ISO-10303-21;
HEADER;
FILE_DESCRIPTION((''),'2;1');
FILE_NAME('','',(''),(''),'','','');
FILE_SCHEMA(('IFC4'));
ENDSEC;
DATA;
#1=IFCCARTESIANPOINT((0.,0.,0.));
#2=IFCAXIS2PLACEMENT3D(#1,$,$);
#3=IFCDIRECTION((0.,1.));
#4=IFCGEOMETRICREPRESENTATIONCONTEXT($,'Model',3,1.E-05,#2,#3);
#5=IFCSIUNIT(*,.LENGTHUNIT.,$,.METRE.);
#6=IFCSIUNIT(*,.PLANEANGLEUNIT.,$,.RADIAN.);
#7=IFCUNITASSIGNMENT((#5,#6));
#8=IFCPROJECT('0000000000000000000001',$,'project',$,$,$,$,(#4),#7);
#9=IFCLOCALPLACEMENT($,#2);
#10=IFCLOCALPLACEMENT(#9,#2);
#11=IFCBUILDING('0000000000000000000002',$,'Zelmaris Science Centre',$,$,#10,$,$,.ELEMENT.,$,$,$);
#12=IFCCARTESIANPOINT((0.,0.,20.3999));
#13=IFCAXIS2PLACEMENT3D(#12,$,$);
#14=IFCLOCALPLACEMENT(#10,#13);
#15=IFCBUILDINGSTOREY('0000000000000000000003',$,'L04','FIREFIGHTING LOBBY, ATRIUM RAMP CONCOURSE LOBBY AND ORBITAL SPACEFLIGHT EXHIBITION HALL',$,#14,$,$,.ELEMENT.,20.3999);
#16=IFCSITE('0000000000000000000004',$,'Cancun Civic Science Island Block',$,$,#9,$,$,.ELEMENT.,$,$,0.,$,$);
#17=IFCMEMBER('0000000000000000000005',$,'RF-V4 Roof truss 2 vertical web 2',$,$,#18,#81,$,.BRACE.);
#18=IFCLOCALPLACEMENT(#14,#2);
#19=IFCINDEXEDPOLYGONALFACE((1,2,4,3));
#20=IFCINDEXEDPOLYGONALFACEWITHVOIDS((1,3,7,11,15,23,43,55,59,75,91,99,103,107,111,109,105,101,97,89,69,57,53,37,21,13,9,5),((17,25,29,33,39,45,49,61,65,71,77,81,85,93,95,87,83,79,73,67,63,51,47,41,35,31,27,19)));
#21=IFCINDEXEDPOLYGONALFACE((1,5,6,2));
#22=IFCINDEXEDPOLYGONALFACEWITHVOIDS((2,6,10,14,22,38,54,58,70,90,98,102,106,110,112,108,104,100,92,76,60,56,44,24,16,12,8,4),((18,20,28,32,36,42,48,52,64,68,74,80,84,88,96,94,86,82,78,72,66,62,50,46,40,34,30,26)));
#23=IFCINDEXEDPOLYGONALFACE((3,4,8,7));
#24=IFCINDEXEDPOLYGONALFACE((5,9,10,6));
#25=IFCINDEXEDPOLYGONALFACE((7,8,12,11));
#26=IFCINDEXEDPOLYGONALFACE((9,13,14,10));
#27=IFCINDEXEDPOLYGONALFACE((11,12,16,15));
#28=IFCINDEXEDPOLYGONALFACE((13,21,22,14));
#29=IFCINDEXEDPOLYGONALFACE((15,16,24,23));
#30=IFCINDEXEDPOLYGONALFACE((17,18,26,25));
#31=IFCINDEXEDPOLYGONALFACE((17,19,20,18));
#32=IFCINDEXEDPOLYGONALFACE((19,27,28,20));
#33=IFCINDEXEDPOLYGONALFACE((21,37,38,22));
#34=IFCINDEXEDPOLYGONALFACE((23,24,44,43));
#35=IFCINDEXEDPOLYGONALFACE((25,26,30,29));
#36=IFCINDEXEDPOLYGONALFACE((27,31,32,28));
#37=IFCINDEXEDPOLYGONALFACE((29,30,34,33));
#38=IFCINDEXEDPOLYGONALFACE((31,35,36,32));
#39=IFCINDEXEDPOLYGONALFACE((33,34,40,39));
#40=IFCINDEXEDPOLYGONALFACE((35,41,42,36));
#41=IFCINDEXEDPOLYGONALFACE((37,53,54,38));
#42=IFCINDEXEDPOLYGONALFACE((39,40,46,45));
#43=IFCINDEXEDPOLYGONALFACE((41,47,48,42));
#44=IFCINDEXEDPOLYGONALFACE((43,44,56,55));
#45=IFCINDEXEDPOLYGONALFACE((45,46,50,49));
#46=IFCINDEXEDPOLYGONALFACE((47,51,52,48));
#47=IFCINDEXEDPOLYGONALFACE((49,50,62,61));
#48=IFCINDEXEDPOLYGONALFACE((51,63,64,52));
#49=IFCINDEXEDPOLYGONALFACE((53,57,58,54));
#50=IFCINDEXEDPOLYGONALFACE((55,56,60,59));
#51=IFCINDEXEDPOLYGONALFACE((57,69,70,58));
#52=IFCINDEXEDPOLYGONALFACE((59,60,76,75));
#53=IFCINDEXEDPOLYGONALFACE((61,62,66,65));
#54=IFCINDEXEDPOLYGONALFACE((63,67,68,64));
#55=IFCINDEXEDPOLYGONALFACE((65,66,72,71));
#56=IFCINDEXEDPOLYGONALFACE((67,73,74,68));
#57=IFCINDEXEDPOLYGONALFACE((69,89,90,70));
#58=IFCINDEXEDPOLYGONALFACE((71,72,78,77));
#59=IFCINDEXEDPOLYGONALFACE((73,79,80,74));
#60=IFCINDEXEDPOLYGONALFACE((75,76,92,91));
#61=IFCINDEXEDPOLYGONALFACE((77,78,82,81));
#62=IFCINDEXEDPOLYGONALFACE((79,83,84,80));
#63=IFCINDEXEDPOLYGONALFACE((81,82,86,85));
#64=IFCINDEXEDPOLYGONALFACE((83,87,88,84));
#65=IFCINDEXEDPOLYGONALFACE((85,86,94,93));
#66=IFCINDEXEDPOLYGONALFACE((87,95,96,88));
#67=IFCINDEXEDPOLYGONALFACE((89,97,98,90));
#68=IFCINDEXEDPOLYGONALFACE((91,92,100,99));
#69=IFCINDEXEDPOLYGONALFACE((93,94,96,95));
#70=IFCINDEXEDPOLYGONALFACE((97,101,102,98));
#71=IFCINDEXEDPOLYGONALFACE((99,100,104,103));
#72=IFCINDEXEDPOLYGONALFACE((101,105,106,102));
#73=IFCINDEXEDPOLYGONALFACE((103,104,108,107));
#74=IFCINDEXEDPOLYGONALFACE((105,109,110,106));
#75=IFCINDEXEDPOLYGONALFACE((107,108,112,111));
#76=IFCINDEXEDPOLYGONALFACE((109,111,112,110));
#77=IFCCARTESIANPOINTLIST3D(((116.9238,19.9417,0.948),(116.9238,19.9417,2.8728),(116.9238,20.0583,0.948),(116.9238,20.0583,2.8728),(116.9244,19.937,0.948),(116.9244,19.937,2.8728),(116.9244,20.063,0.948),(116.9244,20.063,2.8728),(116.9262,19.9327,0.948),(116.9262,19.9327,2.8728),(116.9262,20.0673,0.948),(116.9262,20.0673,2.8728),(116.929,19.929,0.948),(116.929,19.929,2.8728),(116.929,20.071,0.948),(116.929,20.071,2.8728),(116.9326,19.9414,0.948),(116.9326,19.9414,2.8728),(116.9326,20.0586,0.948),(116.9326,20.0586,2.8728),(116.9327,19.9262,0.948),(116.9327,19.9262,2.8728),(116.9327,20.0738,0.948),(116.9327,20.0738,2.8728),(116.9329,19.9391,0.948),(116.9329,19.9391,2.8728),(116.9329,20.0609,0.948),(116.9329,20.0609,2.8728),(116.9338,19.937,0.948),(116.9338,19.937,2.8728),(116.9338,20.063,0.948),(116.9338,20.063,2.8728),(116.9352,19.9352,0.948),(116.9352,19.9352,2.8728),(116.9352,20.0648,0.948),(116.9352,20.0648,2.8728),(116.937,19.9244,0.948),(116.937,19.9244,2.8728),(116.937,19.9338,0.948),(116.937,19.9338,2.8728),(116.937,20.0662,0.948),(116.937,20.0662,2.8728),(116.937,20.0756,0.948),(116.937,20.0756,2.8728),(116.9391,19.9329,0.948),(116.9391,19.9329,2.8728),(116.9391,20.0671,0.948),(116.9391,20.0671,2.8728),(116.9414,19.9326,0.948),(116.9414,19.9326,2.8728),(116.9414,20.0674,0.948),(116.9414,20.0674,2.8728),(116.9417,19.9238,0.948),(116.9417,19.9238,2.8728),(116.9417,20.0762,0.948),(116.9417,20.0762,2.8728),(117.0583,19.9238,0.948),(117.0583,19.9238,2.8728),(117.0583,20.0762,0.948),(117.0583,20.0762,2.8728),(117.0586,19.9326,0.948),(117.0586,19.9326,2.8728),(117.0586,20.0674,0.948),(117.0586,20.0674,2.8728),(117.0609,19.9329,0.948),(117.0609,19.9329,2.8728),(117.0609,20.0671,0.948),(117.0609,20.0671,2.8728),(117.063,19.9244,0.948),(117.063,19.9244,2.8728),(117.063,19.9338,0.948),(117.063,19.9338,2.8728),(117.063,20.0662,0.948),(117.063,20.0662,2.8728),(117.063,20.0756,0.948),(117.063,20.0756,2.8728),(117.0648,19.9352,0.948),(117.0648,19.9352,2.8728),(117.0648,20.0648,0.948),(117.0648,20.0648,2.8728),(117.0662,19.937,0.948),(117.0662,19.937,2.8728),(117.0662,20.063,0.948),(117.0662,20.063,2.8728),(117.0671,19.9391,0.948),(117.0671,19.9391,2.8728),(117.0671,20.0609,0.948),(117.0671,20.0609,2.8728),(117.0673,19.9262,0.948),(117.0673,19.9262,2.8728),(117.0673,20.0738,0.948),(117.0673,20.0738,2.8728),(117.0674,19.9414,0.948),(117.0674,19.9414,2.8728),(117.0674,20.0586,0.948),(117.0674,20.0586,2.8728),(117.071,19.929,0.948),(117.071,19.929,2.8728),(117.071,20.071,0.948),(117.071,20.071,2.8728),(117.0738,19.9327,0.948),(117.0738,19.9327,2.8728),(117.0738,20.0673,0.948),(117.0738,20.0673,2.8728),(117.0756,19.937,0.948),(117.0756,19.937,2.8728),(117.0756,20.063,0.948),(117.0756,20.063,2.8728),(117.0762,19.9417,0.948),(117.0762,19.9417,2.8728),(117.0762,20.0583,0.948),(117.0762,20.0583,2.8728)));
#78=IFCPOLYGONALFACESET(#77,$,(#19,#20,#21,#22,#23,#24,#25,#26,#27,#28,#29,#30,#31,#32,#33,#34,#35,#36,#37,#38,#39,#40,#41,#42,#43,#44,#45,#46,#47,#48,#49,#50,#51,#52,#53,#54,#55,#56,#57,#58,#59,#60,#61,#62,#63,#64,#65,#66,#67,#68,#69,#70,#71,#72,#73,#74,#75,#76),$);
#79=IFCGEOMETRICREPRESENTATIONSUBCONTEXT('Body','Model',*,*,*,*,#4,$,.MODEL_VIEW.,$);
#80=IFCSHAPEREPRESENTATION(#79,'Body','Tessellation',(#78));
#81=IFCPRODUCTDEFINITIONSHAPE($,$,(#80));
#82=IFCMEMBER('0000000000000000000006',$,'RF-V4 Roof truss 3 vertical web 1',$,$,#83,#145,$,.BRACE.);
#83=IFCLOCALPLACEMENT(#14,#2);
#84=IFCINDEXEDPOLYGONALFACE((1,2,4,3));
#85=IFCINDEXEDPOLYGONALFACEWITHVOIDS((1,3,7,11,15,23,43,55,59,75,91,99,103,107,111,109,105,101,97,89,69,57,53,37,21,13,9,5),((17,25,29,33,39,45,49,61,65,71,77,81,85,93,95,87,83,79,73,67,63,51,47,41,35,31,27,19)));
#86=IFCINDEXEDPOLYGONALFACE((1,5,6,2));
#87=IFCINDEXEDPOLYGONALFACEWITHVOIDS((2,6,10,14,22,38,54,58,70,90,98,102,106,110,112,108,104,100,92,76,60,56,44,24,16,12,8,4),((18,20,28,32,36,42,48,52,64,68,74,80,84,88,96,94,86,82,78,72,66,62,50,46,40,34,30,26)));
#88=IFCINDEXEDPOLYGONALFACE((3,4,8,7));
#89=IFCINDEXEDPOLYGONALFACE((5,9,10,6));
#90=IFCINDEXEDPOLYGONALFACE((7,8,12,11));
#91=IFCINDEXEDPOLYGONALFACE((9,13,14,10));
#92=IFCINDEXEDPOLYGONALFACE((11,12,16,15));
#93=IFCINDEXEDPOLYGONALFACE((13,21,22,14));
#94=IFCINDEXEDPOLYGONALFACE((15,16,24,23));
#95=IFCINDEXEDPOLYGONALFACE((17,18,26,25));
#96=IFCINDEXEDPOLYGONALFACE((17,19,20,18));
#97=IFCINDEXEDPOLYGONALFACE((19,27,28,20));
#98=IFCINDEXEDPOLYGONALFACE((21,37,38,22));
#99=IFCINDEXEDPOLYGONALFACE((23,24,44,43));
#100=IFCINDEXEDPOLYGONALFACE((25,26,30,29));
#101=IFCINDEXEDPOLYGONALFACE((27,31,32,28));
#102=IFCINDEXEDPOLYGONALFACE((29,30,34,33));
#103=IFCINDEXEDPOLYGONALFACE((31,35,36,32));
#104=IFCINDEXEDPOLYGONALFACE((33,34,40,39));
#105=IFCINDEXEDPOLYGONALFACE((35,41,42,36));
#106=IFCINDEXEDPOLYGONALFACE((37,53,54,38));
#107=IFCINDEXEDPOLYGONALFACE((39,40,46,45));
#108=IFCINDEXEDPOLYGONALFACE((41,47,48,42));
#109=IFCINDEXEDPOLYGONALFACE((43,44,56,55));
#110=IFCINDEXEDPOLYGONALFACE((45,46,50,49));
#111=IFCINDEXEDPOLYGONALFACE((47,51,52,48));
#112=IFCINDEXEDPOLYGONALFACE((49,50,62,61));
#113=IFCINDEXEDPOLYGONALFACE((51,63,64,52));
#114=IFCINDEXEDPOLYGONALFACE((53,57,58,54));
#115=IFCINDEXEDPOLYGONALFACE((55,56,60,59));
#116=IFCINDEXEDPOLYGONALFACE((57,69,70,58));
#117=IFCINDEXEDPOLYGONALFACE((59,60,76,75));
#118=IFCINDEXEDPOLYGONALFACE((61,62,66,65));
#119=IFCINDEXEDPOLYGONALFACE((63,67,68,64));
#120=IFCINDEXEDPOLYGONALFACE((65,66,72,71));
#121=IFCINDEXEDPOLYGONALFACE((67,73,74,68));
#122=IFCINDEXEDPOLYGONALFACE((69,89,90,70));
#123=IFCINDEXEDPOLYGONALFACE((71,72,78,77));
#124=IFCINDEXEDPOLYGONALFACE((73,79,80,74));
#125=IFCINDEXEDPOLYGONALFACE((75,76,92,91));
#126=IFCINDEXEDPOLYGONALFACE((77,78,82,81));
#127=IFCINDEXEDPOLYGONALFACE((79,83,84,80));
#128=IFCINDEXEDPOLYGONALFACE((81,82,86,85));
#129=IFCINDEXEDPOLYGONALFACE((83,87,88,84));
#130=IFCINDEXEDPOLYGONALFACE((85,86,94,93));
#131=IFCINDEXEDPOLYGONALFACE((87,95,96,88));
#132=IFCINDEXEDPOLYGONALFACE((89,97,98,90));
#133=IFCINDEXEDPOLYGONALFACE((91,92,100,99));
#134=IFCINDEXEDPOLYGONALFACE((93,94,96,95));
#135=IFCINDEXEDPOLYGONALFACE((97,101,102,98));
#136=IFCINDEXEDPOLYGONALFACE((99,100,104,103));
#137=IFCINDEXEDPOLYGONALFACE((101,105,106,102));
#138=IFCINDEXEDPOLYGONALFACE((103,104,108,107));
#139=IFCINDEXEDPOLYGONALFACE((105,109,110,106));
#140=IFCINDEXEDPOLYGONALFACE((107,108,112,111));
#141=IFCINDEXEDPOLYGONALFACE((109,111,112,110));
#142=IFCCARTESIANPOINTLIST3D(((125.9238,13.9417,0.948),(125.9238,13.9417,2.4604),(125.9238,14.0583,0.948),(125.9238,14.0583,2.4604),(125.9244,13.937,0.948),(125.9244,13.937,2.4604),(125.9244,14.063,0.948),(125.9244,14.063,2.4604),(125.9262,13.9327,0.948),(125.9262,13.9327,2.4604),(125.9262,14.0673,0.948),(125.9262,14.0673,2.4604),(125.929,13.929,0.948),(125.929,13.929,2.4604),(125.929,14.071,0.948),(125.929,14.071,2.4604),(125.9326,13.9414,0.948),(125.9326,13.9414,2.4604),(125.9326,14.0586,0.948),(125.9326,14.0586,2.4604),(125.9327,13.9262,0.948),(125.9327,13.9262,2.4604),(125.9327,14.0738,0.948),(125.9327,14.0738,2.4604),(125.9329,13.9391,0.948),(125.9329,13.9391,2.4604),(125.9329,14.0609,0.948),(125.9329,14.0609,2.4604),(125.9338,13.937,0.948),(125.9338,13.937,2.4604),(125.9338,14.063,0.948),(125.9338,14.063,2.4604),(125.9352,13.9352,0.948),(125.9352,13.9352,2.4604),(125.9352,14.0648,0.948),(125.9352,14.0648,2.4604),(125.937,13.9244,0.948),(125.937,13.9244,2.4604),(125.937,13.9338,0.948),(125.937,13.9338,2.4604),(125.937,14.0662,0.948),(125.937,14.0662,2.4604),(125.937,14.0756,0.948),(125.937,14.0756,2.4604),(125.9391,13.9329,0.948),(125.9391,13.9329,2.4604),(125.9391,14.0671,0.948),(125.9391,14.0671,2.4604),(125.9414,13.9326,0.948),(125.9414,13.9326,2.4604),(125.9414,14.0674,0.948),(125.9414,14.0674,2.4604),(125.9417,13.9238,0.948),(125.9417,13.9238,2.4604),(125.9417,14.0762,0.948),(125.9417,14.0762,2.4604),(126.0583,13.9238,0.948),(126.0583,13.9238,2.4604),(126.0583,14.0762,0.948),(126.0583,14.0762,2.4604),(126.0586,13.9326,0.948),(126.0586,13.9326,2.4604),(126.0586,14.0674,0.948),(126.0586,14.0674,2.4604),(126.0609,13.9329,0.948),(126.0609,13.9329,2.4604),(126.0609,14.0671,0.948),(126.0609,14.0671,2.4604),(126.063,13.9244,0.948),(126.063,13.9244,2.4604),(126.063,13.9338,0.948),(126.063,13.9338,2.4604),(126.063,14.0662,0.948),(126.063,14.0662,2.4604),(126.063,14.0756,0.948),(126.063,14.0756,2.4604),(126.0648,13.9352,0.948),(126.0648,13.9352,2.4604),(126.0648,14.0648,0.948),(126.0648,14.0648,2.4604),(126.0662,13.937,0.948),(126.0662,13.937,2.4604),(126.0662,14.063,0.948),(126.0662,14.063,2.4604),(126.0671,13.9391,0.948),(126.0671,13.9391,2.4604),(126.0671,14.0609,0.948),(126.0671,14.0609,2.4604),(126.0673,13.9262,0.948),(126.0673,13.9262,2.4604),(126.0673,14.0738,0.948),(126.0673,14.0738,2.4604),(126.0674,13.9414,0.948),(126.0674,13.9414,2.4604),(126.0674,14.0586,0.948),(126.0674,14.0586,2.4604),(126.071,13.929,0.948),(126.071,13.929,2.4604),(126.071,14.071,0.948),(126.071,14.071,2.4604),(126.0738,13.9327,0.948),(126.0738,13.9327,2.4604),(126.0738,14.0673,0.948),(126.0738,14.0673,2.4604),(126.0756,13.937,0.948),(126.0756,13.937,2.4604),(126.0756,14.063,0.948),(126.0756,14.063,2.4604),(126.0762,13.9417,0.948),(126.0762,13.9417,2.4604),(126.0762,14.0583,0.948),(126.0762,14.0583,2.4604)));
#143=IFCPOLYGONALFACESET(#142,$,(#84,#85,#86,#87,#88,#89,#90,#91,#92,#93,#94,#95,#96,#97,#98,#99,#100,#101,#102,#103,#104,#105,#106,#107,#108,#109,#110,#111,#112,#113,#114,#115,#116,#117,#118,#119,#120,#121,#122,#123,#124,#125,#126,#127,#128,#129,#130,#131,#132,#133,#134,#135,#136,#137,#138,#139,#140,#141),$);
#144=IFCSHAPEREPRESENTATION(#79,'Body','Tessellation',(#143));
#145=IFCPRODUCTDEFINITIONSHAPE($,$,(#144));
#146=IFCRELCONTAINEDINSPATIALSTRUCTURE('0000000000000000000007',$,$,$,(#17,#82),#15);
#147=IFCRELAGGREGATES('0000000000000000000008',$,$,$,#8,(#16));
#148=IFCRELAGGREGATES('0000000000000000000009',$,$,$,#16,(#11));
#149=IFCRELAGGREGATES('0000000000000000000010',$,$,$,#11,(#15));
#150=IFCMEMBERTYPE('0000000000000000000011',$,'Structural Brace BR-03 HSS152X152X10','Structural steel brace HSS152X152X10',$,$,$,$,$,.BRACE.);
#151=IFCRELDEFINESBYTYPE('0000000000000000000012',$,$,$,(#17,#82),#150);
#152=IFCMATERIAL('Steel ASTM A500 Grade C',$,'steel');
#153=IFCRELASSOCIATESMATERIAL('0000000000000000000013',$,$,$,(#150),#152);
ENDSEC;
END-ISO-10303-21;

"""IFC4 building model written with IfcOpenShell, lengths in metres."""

from ifc_helpers import new_model, si_unit, direction, frame, origin, origin_2d, place, context, subcontext, project, spatial, hollow_rectangle, extrude, material, material_profile, profile_set, type_object, element, save


model = new_model("IFC4")

# Units and contexts
model_context = context("Model", 3, precision=1e-05, world=origin(), true_north=direction((0.0, 1.0)))
body_context = subcontext(model_context, "Body", "Model", "MODEL_VIEW")
ifc_project = project(units=[si_unit("LENGTHUNIT", "METRE"), si_unit("PLANEANGLEUNIT", "RADIAN")], contexts=[model_context])

# Site, building, storey
site_placement = place(None, origin())
site = spatial("IfcSite", under=ifc_project, at=site_placement, Name="Cancun Civic Science Island Block", CompositionType="ELEMENT", RefElevation=0.0)
building_placement = place(site_placement, origin())
building = spatial("IfcBuilding", under=site, at=building_placement, Name="Zelmaris Science Centre", CompositionType="ELEMENT")
storey_placement = place(building_placement, frame((0.0, 0.0, 20.3999)))
storey = spatial("IfcBuildingStorey", under=building, at=storey_placement, Name="L04", Description="FIREFIGHTING LOBBY, ATRIUM RAMP CONCOURSE LOBBY AND ORBITAL SPACEFLIGHT EXHIBITION HALL", CompositionType="ELEMENT", Elevation=20.3999)

# Shared definitions
ifc_material = material(Name="Steel ASTM A500 Grade C", Category="steel")

# Members
ifc_material_profile_1 = material_profile(ifc_material, hollow_rectangle(XDim=0.1523, YDim=0.1523, WallThickness=0.0088, InnerFilletRadius=0.0088, OuterFilletRadius=0.0178, at=origin_2d()), Name="HSS152X152X10")
ifc_profile_set_1 = profile_set([ifc_material_profile_1], Name="Steel ASTM A500 Grade C")
member_type_1 = type_object("IfcMemberType", Name="Structural Brace BR-03 HSS152X152X10", Description="Structural steel brace HSS152X152X10", PredefinedType="BRACE", material=ifc_profile_set_1)
member_1_placement = place(storey_placement, frame((117.0, 20.0, 0.948), z_axis=(0.0, 0.0, 1.0), x_axis=(1.0, 0.0, 0.0)))
element("IfcMember", 1, at=member_1_placement, inside=storey, type_object=member_type_1, Name="RF-V4 Roof truss 2 vertical web 2", PredefinedType="BRACE", context=body_context, shape_type="SweptSolid", body=[
    extrude(hollow_rectangle(XDim=0.1523, YDim=0.1523, WallThickness=0.0088, InnerFilletRadius=0.0088, OuterFilletRadius=0.0178, at=origin_2d()), origin(), (0.0, 0.0, 1.0), 1.9248),
])
member_2_placement = place(storey_placement, frame((126.0, 14.0, 0.948), z_axis=(0.0, 0.0, 1.0), x_axis=(1.0, 0.0, 0.0)))
element("IfcMember", 2, at=member_2_placement, inside=storey, type_object=member_type_1, Name="RF-V4 Roof truss 3 vertical web 1", PredefinedType="BRACE", context=body_context, shape_type="SweptSolid", body=[
    extrude(hollow_rectangle(XDim=0.1523, YDim=0.1523, WallThickness=0.0088, InnerFilletRadius=0.0088, OuterFilletRadius=0.0178, at=origin_2d()), origin(), (0.0, 0.0, 1.0), 1.5125),
])

save(model, "model.ifc")
